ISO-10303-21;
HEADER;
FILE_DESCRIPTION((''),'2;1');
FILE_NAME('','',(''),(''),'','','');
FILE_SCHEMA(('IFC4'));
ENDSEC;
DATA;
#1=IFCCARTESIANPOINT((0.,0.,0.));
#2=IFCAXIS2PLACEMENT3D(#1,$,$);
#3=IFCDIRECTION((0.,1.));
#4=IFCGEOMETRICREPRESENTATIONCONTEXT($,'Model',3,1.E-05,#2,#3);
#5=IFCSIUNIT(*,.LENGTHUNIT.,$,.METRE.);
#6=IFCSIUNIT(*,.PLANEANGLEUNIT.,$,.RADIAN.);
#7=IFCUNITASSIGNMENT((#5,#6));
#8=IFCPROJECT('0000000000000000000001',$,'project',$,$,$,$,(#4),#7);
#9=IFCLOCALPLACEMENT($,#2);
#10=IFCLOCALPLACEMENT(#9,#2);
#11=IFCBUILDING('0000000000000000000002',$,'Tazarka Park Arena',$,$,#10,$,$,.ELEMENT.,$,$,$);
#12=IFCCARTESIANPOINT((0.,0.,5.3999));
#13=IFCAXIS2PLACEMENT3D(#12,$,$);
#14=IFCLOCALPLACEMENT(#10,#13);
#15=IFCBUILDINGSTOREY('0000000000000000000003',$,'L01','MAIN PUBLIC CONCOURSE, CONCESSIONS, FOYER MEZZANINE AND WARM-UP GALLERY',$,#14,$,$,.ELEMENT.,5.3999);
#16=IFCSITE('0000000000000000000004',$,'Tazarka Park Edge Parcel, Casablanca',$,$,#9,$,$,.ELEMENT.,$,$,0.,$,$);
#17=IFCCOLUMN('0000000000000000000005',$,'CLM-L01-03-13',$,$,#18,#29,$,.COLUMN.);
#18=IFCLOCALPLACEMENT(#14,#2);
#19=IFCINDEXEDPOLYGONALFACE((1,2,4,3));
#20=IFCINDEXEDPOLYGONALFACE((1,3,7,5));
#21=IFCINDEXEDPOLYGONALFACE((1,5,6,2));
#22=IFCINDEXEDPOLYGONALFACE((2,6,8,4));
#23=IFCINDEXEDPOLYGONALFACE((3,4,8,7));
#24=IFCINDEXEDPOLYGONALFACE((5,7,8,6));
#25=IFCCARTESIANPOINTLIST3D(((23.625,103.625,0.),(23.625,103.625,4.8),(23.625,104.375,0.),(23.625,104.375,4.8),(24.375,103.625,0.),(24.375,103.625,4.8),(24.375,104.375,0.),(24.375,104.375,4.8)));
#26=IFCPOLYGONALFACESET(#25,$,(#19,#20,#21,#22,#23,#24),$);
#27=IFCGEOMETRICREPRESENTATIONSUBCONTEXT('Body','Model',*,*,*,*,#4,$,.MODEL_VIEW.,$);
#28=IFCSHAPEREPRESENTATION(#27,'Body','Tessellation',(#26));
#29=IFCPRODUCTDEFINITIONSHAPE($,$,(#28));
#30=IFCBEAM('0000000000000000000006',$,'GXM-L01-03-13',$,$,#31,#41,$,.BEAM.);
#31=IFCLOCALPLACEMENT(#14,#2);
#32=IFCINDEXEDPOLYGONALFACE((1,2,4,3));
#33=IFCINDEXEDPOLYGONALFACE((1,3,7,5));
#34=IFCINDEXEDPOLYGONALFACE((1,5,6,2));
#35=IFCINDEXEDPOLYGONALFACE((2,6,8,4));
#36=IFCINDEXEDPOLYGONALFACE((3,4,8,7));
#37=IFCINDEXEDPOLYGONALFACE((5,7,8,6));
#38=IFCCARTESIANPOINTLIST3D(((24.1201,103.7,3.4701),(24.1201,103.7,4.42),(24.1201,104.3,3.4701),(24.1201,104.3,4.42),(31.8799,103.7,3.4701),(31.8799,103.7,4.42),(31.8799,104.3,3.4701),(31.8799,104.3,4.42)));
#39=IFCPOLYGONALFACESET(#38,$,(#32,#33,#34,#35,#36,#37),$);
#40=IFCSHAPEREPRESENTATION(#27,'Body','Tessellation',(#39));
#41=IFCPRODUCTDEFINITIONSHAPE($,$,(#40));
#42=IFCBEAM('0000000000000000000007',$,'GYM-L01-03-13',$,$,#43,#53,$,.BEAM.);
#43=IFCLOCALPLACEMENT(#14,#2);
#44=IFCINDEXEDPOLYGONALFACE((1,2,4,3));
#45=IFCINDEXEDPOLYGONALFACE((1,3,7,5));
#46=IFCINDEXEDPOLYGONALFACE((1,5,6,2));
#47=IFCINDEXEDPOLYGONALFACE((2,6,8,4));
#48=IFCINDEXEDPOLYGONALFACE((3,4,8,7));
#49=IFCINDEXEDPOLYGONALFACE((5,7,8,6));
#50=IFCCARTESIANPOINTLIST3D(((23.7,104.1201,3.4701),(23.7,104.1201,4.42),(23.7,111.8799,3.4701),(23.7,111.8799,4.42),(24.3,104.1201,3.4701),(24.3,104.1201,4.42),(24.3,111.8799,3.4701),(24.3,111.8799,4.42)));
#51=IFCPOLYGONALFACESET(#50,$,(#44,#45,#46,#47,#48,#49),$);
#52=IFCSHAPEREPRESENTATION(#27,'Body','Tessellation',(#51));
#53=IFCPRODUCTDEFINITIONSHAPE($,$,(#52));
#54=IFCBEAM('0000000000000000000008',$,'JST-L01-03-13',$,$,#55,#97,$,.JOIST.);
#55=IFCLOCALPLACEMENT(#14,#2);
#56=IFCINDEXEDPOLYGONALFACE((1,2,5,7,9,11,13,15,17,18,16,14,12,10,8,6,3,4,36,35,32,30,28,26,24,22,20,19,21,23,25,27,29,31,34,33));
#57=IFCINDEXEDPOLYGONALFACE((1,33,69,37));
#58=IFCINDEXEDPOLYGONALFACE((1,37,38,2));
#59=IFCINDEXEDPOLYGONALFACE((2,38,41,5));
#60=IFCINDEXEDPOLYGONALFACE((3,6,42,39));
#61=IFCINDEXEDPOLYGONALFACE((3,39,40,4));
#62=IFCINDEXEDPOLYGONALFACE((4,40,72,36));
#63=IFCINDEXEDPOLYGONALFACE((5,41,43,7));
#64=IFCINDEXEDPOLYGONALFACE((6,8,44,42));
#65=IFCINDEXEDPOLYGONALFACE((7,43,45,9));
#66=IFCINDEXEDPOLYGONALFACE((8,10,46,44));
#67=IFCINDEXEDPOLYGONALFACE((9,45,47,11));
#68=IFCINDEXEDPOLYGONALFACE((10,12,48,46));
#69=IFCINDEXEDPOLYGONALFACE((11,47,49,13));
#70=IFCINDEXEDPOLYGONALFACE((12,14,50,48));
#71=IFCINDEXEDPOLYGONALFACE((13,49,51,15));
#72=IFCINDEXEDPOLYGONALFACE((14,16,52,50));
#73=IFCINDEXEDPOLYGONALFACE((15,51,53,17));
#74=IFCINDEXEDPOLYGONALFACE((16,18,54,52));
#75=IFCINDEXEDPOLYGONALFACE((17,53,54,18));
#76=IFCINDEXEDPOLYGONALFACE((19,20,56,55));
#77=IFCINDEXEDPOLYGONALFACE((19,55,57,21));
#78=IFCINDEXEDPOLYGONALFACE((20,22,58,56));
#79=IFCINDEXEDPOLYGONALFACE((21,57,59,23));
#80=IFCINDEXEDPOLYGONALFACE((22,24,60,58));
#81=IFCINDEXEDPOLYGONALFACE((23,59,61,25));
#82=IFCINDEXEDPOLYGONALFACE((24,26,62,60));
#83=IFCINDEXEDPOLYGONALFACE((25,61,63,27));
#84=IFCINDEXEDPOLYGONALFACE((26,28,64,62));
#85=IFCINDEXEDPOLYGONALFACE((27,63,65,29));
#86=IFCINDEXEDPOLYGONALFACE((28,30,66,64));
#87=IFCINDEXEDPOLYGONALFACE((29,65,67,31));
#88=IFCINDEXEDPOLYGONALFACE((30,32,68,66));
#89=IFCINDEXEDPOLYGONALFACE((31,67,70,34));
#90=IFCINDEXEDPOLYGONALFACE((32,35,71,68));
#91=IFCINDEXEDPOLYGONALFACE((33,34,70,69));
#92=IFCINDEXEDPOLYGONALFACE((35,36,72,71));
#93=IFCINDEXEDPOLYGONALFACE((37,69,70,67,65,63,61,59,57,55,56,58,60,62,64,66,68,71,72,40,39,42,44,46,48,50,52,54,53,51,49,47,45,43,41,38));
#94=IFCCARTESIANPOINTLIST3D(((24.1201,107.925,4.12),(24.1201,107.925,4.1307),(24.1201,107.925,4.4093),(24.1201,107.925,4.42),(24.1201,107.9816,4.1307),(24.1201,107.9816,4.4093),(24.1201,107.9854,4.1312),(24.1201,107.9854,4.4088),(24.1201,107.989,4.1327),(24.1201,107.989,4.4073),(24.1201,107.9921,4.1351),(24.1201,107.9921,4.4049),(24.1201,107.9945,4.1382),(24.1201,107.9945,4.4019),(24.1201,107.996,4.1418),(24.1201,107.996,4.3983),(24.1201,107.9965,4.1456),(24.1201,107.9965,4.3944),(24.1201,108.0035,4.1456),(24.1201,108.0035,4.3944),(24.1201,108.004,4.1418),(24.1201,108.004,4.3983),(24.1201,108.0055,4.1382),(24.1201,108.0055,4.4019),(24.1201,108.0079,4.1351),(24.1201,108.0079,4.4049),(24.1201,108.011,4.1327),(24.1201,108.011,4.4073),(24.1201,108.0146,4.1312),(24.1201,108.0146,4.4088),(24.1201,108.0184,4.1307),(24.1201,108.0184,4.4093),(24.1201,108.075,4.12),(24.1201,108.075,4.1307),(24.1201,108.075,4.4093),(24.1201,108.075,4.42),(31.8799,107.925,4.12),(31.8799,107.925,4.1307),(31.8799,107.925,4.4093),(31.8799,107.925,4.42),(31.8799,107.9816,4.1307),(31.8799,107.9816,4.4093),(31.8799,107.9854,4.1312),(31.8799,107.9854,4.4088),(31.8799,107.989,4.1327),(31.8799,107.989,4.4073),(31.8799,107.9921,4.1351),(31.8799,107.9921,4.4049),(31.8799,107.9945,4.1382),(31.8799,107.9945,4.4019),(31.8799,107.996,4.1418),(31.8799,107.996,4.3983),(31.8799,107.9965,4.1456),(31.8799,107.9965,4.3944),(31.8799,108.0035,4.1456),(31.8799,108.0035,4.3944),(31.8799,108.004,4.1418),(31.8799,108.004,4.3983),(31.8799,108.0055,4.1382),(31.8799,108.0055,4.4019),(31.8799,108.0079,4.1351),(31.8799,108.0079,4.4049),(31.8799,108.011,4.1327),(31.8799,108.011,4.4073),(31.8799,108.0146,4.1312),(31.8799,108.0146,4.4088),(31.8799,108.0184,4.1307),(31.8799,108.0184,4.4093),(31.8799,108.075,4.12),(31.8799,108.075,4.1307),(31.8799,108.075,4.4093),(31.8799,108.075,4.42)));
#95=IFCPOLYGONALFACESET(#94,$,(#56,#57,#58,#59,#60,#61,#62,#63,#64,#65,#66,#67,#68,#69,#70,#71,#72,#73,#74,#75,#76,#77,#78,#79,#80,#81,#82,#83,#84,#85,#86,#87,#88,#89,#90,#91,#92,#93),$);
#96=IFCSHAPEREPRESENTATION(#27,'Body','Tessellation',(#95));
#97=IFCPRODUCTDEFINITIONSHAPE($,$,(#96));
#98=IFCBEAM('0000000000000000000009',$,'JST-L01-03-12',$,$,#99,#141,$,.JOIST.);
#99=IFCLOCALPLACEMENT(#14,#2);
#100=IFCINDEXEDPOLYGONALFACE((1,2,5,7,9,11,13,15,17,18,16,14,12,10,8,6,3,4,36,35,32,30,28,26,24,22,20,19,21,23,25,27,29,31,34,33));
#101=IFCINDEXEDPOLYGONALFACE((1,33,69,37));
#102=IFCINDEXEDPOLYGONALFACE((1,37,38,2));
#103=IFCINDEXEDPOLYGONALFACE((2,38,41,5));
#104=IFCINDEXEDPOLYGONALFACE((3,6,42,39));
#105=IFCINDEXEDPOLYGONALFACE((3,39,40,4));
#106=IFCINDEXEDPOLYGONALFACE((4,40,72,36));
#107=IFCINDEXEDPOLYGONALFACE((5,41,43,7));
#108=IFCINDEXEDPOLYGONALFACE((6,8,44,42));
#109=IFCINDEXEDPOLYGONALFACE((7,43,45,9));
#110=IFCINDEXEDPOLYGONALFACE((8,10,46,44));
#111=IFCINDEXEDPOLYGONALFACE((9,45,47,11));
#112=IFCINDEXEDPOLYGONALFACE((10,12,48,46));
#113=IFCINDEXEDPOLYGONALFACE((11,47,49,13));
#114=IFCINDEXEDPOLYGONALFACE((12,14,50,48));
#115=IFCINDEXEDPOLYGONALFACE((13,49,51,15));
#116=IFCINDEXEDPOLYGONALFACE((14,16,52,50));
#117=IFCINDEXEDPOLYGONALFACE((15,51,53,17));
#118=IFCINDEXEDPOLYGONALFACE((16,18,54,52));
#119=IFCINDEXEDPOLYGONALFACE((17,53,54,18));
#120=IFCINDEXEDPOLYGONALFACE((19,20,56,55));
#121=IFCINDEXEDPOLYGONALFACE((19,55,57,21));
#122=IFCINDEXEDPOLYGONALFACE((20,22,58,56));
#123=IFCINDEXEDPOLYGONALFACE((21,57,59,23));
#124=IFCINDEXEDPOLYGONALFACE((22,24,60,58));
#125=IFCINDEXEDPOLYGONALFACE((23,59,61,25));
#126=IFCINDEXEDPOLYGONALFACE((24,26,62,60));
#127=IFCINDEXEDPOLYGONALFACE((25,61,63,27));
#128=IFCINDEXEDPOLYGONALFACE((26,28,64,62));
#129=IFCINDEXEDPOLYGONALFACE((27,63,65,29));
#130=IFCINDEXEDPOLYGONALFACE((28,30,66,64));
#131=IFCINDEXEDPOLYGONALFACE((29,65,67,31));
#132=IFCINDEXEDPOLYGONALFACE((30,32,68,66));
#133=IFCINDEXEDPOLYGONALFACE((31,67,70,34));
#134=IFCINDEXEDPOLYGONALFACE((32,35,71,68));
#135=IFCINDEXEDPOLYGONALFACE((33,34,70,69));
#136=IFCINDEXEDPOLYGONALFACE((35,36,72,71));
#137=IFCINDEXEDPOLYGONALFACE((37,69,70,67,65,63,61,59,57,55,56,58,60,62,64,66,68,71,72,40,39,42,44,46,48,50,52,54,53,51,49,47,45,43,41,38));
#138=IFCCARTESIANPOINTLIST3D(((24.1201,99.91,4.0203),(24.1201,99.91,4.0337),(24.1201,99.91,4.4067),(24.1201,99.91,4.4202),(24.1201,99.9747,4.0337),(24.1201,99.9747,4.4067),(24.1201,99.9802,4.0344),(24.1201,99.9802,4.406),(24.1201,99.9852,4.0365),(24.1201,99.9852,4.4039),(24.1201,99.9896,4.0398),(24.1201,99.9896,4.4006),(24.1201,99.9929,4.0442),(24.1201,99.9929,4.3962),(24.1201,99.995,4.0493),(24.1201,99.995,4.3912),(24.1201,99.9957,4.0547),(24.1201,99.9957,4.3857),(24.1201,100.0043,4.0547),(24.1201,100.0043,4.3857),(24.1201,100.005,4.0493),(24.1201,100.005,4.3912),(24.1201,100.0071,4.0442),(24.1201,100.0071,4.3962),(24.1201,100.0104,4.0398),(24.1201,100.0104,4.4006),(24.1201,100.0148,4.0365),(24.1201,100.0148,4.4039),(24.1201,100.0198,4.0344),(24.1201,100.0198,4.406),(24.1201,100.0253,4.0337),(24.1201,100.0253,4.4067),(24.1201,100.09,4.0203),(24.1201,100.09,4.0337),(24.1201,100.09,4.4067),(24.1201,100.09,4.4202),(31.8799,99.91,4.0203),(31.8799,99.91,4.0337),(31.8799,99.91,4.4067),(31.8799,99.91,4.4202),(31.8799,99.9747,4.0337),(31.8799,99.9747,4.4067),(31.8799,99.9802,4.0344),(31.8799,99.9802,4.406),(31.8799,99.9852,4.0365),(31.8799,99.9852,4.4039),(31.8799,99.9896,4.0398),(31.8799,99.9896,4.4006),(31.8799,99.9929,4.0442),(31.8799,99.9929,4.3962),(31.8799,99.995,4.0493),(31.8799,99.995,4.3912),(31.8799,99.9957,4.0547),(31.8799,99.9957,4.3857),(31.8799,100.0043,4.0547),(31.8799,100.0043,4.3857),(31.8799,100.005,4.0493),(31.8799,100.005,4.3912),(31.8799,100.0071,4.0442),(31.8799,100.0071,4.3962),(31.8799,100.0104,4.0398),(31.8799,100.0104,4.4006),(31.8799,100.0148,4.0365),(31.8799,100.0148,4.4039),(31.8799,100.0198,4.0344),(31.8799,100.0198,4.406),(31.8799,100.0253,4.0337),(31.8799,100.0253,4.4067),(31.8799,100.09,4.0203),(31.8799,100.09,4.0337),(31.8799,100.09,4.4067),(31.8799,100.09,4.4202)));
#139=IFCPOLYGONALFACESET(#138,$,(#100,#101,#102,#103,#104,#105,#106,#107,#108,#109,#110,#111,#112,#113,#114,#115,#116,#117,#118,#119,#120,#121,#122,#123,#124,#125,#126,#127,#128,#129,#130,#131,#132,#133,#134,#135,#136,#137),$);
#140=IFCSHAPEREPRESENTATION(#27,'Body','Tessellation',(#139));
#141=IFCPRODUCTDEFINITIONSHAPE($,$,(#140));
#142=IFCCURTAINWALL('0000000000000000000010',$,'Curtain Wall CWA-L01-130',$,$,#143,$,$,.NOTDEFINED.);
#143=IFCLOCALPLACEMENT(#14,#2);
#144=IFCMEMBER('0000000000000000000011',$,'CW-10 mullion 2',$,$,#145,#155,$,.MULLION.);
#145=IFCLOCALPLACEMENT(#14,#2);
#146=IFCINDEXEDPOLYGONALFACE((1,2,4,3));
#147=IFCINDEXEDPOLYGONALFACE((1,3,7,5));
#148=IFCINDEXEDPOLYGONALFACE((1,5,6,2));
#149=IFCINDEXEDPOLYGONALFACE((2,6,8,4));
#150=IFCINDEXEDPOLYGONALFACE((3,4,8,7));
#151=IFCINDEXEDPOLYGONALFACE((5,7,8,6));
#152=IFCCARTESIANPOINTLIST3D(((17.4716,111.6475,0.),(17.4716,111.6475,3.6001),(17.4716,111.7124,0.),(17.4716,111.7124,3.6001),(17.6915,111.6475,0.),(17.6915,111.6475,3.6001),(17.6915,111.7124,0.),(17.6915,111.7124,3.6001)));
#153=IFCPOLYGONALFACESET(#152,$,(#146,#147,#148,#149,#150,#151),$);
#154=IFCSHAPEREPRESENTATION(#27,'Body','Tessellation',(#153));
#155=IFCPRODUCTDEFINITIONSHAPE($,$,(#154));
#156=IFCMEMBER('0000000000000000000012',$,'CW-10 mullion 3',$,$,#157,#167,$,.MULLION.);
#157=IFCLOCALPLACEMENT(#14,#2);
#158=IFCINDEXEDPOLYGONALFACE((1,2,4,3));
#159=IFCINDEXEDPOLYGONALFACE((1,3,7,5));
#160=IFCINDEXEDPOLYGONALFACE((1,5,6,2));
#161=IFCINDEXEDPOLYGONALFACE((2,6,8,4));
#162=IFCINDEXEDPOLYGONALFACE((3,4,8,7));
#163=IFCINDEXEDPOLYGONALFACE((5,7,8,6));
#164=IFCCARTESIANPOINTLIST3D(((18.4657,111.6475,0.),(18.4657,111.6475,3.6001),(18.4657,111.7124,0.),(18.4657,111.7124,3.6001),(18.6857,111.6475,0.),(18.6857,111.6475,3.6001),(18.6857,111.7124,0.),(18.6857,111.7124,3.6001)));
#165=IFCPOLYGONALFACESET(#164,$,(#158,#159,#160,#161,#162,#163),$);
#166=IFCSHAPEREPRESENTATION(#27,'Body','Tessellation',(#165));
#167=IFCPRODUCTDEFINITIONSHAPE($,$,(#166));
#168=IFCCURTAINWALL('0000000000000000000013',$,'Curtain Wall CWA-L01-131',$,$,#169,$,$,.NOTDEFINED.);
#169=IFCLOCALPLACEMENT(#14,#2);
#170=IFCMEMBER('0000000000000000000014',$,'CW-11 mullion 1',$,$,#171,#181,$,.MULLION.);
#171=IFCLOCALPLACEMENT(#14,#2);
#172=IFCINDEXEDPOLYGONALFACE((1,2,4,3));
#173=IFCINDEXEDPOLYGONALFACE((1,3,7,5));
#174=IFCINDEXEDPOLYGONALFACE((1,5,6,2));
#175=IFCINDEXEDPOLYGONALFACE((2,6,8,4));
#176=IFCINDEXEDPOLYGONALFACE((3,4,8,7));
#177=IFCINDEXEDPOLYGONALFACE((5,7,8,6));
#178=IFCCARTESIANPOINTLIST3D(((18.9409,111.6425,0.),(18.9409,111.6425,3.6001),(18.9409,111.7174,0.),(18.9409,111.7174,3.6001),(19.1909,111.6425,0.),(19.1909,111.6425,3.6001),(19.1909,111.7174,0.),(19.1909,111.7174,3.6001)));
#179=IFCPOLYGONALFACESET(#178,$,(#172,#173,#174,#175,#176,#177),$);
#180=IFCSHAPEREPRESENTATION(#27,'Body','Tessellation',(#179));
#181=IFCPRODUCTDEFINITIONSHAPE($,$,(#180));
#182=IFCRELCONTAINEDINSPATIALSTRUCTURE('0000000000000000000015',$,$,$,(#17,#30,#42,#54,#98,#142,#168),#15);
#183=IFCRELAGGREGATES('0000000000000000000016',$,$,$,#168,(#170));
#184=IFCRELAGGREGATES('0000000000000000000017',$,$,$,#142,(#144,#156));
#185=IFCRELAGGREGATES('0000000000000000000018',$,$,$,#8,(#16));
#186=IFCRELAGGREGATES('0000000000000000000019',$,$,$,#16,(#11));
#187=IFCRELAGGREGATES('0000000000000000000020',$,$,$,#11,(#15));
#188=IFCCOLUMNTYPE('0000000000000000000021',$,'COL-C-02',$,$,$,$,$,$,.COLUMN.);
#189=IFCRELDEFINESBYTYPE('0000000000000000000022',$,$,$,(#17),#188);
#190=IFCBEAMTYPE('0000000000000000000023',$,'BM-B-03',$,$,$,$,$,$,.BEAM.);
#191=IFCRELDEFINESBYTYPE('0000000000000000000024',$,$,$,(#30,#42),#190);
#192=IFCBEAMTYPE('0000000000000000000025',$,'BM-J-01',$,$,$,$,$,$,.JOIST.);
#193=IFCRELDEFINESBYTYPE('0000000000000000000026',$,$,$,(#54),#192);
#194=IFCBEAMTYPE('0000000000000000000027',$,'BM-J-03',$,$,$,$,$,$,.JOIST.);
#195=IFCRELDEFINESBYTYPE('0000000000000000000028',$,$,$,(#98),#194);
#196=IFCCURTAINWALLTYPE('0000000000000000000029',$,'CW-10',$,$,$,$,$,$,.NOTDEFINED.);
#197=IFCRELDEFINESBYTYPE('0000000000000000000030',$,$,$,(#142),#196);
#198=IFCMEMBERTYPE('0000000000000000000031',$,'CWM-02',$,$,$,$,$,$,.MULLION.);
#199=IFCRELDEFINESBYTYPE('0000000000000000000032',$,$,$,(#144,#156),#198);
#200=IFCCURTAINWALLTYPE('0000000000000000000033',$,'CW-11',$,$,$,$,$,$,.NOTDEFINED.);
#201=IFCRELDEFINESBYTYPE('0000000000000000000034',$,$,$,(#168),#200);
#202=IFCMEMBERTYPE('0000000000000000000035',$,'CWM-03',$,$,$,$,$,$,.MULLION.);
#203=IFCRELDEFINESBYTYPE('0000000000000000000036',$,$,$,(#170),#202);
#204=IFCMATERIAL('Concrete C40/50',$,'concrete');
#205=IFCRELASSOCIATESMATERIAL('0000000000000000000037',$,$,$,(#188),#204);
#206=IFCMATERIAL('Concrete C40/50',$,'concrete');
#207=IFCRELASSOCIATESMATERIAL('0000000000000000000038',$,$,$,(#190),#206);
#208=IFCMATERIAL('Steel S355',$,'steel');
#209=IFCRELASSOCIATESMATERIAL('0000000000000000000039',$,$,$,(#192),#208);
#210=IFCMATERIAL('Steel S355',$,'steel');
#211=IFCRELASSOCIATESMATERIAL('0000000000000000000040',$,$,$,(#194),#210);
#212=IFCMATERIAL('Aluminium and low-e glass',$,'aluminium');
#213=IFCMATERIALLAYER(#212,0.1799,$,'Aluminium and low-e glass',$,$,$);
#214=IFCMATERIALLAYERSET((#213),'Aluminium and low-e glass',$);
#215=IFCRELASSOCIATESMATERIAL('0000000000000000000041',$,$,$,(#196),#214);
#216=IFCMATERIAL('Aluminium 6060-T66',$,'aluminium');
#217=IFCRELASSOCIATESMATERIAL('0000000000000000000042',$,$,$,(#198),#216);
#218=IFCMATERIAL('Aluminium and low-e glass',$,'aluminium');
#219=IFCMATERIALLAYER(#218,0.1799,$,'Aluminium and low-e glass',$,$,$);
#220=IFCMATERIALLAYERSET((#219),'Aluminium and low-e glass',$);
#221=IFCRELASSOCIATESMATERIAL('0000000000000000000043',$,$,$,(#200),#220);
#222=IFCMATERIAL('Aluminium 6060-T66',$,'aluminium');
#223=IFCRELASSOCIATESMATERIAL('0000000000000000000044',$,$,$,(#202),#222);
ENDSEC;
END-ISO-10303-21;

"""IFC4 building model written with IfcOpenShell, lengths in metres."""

from ifc_helpers import new_model, si_unit, direction, frame, origin, origin_2d, place, context, subcontext, project, spatial, rectangle, i_section, extrude, material, layer, layer_set, material_profile, profile_set, type_object, element, aggregate, save


model = new_model("IFC4")

# Units and contexts
model_context = context("Model", 3, precision=1e-05, world=origin(), true_north=direction((0.0, 1.0)))
body_context = subcontext(model_context, "Body", "Model", "MODEL_VIEW")
ifc_project = project(units=[si_unit("LENGTHUNIT", "METRE"), si_unit("PLANEANGLEUNIT", "RADIAN")], contexts=[model_context])

# Site, building, storey
site_placement = place(None, origin())
site = spatial("IfcSite", under=ifc_project, at=site_placement, Name="Tazarka Park Edge Parcel, Casablanca", CompositionType="ELEMENT", RefElevation=0.0)
building_placement = place(site_placement, origin())
building = spatial("IfcBuilding", under=site, at=building_placement, Name="Tazarka Park Arena", CompositionType="ELEMENT")
storey_placement = place(building_placement, frame((0.0, 0.0, 5.3999)))
storey = spatial("IfcBuildingStorey", under=building, at=storey_placement, Name="L01", Description="MAIN PUBLIC CONCOURSE, CONCESSIONS, FOYER MEZZANINE AND WARM-UP GALLERY", CompositionType="ELEMENT", Elevation=5.3999)

# Column
ifc_material_1 = material(Name="Concrete C40/50", Category="concrete")
ifc_material_profile_1 = material_profile(ifc_material_1, rectangle(XDim=0.75, YDim=0.75, at=origin_2d()), Name="Concrete C40/50")
ifc_profile_set_1 = profile_set([ifc_material_profile_1], Name="Concrete C40/50")
column_type = type_object("IfcColumnType", Name="COL-C-02", PredefinedType="COLUMN", material=ifc_profile_set_1)
column_placement = place(storey_placement, frame((24.0, 104.0, 0.0), z_axis=(0.0, 0.0, 1.0), x_axis=(1.0, 0.0, 0.0)))
element("IfcColumn", 1, at=column_placement, inside=storey, type_object=column_type, Name="CLM-L01-03-13", PredefinedType="COLUMN", context=body_context, shape_type="SweptSolid", body=[
    extrude(rectangle(XDim=0.75, YDim=0.75, at=origin_2d()), origin(), (0.0, 0.0, 1.0), 4.8),
])

# Beams
ifc_material_2 = material(Name="Concrete C40/50", Category="concrete")
ifc_material_profile_2 = material_profile(ifc_material_2, rectangle(XDim=0.6001, YDim=0.95, at=origin_2d()), Name="Concrete C40/50")
ifc_profile_set_2 = profile_set([ifc_material_profile_2], Name="Concrete C40/50")
beam_type_1 = type_object("IfcBeamType", Name="BM-B-03", PredefinedType="BEAM", material=ifc_profile_set_2)
for number, where, z_axis, x_axis, name in (
    (2, (24.1201, 104.0, 3.9451), (1.0, 0.0, 0.0), (0.0, 1.0, 0.0), "GXM-L01-03-13"),
    (3, (24.0, 104.1201, 3.9451), (0.0, 1.0, 0.0), (-1.0, 0.0, 0.0), "GYM-L01-03-13"),
):
    element("IfcBeam", number, at=place(storey_placement, frame(where, z_axis=z_axis, x_axis=x_axis)), inside=storey, type_object=beam_type_1, Name=name, PredefinedType="BEAM", context=body_context, shape_type="SweptSolid", body=[
        extrude(rectangle(XDim=0.6001, YDim=0.95, at=origin_2d()), origin(), (0.0, 0.0, 1.0), 7.7598),
    ])
ifc_material_3 = material(Name="Steel S355", Category="steel")
ifc_material_profile_3 = material_profile(ifc_material_3, i_section(OverallWidth=0.1499, OverallDepth=0.3, WebThickness=0.0071, FlangeThickness=0.0107, FilletRadius=0.0149, at=origin_2d()), Name="Steel S355")
ifc_profile_set_3 = profile_set([ifc_material_profile_3], Name="Steel S355")
beam_type_2 = type_object("IfcBeamType", Name="BM-J-01", PredefinedType="JOIST", material=ifc_profile_set_3)
beam_1_placement = place(storey_placement, frame((24.1201, 108.0, 4.27), z_axis=(1.0, 0.0, 0.0), x_axis=(0.0, 1.0, 0.0)))
element("IfcBeam", 4, at=beam_1_placement, inside=storey, type_object=beam_type_2, Name="JST-L01-03-13", PredefinedType="JOIST", context=body_context, shape_type="SweptSolid", body=[
    extrude(i_section(OverallWidth=0.1499, OverallDepth=0.3, WebThickness=0.0071, FlangeThickness=0.0107, FilletRadius=0.0149, at=origin_2d()), origin(), (0.0, 0.0, 1.0), 7.7598),
])
ifc_material_4 = material(Name="Steel S355", Category="steel")
ifc_material_profile_4 = material_profile(ifc_material_4, i_section(OverallWidth=0.1799, OverallDepth=0.3999, WebThickness=0.0085, FlangeThickness=0.0134, FilletRadius=0.021, at=origin_2d()), Name="Steel S355")
ifc_profile_set_4 = profile_set([ifc_material_profile_4], Name="Steel S355")
beam_type_3 = type_object("IfcBeamType", Name="BM-J-03", PredefinedType="JOIST", material=ifc_profile_set_4)
beam_2_placement = place(storey_placement, frame((24.1201, 100.0, 4.2202), z_axis=(1.0, 0.0, 0.0), x_axis=(0.0, 1.0, 0.0)))
element("IfcBeam", 5, at=beam_2_placement, inside=storey, type_object=beam_type_3, Name="JST-L01-03-12", PredefinedType="JOIST", context=body_context, shape_type="SweptSolid", body=[
    extrude(i_section(OverallWidth=0.1799, OverallDepth=0.3999, WebThickness=0.0085, FlangeThickness=0.0134, FilletRadius=0.021, at=origin_2d()), origin(), (0.0, 0.0, 1.0), 7.7598),
])

# Curtain wall, members
ifc_material_5 = material(Name="Aluminium and low-e glass", Category="aluminium")
ifc_layer_1 = layer(ifc_material_5, 0.1799, Name="Aluminium and low-e glass")
ifc_layer_set_1 = layer_set([ifc_layer_1], Name="Aluminium and low-e glass")
curtain_wall_type_1 = type_object("IfcCurtainWallType", Name="CW-10", PredefinedType="NOTDEFINED", material=ifc_layer_set_1)
curtain_wall_1_placement = place(storey_placement, origin())
curtain_wall_1 = element("IfcCurtainWall", 6, at=curtain_wall_1_placement, inside=storey, type_object=curtain_wall_type_1, Name="Curtain Wall CWA-L01-130", PredefinedType="NOTDEFINED")
ifc_material_6 = material(Name="Aluminium 6060-T66", Category="aluminium")
ifc_material_profile_5 = material_profile(ifc_material_6, rectangle(XDim=0.0649, YDim=0.22, at=origin_2d()), Name="Aluminium 6060-T66")
ifc_profile_set_5 = profile_set([ifc_material_profile_5], Name="Aluminium 6060-T66")
member_type_1 = type_object("IfcMemberType", Name="CWM-02", PredefinedType="MULLION", material=ifc_profile_set_5)
member_1_placement = place(storey_placement, frame((17.5815, 111.6799, 0.0), z_axis=(0.0, 0.0, 1.0), x_axis=(0.0, 1.0, 0.0)))
member_1 = element("IfcMember", 7, at=member_1_placement, type_object=member_type_1, Name="CW-10 mullion 2", PredefinedType="MULLION", context=body_context, shape_type="SweptSolid", body=[
    extrude(rectangle(XDim=0.0649, YDim=0.22, at=origin_2d()), origin(), (0.0, 0.0, 1.0), 3.6001),
])
member_2_placement = place(storey_placement, frame((18.5757, 111.6799, 0.0), z_axis=(0.0, 0.0, 1.0), x_axis=(0.0, 1.0, 0.0)))
member_2 = element("IfcMember", 8, at=member_2_placement, type_object=member_type_1, Name="CW-10 mullion 3", PredefinedType="MULLION", context=body_context, shape_type="SweptSolid", body=[
    extrude(rectangle(XDim=0.0649, YDim=0.22, at=origin_2d()), origin(), (0.0, 0.0, 1.0), 3.6001),
])

# Curtain wall, member
ifc_material_7 = material(Name="Aluminium and low-e glass", Category="aluminium")
ifc_layer_2 = layer(ifc_material_7, 0.1799, Name="Aluminium and low-e glass")
ifc_layer_set_2 = layer_set([ifc_layer_2], Name="Aluminium and low-e glass")
curtain_wall_type_2 = type_object("IfcCurtainWallType", Name="CW-11", PredefinedType="NOTDEFINED", material=ifc_layer_set_2)
curtain_wall_2_placement = place(storey_placement, origin())
curtain_wall_2 = element("IfcCurtainWall", 9, at=curtain_wall_2_placement, inside=storey, type_object=curtain_wall_type_2, Name="Curtain Wall CWA-L01-131", PredefinedType="NOTDEFINED")
ifc_material_8 = material(Name="Aluminium 6060-T66", Category="aluminium")
ifc_material_profile_6 = material_profile(ifc_material_8, rectangle(XDim=0.075, YDim=0.25, at=origin_2d()), Name="Aluminium 6060-T66")
ifc_profile_set_6 = profile_set([ifc_material_profile_6], Name="Aluminium 6060-T66")
member_type_2 = type_object("IfcMemberType", Name="CWM-03", PredefinedType="MULLION", material=ifc_profile_set_6)
member_3_placement = place(storey_placement, frame((19.0659, 111.6799, 0.0), z_axis=(0.0, 0.0, 1.0), x_axis=(0.0, 1.0, 0.0)))
member_3 = element("IfcMember", 10, at=member_3_placement, type_object=member_type_2, Name="CW-11 mullion 1", PredefinedType="MULLION", context=body_context, shape_type="SweptSolid", body=[
    extrude(rectangle(XDim=0.075, YDim=0.25, at=origin_2d()), origin(), (0.0, 0.0, 1.0), 3.6001),
])

aggregate(curtain_wall_2, [member_3])

aggregate(curtain_wall_1, [member_1, member_2])

save(model, "model.ifc")
